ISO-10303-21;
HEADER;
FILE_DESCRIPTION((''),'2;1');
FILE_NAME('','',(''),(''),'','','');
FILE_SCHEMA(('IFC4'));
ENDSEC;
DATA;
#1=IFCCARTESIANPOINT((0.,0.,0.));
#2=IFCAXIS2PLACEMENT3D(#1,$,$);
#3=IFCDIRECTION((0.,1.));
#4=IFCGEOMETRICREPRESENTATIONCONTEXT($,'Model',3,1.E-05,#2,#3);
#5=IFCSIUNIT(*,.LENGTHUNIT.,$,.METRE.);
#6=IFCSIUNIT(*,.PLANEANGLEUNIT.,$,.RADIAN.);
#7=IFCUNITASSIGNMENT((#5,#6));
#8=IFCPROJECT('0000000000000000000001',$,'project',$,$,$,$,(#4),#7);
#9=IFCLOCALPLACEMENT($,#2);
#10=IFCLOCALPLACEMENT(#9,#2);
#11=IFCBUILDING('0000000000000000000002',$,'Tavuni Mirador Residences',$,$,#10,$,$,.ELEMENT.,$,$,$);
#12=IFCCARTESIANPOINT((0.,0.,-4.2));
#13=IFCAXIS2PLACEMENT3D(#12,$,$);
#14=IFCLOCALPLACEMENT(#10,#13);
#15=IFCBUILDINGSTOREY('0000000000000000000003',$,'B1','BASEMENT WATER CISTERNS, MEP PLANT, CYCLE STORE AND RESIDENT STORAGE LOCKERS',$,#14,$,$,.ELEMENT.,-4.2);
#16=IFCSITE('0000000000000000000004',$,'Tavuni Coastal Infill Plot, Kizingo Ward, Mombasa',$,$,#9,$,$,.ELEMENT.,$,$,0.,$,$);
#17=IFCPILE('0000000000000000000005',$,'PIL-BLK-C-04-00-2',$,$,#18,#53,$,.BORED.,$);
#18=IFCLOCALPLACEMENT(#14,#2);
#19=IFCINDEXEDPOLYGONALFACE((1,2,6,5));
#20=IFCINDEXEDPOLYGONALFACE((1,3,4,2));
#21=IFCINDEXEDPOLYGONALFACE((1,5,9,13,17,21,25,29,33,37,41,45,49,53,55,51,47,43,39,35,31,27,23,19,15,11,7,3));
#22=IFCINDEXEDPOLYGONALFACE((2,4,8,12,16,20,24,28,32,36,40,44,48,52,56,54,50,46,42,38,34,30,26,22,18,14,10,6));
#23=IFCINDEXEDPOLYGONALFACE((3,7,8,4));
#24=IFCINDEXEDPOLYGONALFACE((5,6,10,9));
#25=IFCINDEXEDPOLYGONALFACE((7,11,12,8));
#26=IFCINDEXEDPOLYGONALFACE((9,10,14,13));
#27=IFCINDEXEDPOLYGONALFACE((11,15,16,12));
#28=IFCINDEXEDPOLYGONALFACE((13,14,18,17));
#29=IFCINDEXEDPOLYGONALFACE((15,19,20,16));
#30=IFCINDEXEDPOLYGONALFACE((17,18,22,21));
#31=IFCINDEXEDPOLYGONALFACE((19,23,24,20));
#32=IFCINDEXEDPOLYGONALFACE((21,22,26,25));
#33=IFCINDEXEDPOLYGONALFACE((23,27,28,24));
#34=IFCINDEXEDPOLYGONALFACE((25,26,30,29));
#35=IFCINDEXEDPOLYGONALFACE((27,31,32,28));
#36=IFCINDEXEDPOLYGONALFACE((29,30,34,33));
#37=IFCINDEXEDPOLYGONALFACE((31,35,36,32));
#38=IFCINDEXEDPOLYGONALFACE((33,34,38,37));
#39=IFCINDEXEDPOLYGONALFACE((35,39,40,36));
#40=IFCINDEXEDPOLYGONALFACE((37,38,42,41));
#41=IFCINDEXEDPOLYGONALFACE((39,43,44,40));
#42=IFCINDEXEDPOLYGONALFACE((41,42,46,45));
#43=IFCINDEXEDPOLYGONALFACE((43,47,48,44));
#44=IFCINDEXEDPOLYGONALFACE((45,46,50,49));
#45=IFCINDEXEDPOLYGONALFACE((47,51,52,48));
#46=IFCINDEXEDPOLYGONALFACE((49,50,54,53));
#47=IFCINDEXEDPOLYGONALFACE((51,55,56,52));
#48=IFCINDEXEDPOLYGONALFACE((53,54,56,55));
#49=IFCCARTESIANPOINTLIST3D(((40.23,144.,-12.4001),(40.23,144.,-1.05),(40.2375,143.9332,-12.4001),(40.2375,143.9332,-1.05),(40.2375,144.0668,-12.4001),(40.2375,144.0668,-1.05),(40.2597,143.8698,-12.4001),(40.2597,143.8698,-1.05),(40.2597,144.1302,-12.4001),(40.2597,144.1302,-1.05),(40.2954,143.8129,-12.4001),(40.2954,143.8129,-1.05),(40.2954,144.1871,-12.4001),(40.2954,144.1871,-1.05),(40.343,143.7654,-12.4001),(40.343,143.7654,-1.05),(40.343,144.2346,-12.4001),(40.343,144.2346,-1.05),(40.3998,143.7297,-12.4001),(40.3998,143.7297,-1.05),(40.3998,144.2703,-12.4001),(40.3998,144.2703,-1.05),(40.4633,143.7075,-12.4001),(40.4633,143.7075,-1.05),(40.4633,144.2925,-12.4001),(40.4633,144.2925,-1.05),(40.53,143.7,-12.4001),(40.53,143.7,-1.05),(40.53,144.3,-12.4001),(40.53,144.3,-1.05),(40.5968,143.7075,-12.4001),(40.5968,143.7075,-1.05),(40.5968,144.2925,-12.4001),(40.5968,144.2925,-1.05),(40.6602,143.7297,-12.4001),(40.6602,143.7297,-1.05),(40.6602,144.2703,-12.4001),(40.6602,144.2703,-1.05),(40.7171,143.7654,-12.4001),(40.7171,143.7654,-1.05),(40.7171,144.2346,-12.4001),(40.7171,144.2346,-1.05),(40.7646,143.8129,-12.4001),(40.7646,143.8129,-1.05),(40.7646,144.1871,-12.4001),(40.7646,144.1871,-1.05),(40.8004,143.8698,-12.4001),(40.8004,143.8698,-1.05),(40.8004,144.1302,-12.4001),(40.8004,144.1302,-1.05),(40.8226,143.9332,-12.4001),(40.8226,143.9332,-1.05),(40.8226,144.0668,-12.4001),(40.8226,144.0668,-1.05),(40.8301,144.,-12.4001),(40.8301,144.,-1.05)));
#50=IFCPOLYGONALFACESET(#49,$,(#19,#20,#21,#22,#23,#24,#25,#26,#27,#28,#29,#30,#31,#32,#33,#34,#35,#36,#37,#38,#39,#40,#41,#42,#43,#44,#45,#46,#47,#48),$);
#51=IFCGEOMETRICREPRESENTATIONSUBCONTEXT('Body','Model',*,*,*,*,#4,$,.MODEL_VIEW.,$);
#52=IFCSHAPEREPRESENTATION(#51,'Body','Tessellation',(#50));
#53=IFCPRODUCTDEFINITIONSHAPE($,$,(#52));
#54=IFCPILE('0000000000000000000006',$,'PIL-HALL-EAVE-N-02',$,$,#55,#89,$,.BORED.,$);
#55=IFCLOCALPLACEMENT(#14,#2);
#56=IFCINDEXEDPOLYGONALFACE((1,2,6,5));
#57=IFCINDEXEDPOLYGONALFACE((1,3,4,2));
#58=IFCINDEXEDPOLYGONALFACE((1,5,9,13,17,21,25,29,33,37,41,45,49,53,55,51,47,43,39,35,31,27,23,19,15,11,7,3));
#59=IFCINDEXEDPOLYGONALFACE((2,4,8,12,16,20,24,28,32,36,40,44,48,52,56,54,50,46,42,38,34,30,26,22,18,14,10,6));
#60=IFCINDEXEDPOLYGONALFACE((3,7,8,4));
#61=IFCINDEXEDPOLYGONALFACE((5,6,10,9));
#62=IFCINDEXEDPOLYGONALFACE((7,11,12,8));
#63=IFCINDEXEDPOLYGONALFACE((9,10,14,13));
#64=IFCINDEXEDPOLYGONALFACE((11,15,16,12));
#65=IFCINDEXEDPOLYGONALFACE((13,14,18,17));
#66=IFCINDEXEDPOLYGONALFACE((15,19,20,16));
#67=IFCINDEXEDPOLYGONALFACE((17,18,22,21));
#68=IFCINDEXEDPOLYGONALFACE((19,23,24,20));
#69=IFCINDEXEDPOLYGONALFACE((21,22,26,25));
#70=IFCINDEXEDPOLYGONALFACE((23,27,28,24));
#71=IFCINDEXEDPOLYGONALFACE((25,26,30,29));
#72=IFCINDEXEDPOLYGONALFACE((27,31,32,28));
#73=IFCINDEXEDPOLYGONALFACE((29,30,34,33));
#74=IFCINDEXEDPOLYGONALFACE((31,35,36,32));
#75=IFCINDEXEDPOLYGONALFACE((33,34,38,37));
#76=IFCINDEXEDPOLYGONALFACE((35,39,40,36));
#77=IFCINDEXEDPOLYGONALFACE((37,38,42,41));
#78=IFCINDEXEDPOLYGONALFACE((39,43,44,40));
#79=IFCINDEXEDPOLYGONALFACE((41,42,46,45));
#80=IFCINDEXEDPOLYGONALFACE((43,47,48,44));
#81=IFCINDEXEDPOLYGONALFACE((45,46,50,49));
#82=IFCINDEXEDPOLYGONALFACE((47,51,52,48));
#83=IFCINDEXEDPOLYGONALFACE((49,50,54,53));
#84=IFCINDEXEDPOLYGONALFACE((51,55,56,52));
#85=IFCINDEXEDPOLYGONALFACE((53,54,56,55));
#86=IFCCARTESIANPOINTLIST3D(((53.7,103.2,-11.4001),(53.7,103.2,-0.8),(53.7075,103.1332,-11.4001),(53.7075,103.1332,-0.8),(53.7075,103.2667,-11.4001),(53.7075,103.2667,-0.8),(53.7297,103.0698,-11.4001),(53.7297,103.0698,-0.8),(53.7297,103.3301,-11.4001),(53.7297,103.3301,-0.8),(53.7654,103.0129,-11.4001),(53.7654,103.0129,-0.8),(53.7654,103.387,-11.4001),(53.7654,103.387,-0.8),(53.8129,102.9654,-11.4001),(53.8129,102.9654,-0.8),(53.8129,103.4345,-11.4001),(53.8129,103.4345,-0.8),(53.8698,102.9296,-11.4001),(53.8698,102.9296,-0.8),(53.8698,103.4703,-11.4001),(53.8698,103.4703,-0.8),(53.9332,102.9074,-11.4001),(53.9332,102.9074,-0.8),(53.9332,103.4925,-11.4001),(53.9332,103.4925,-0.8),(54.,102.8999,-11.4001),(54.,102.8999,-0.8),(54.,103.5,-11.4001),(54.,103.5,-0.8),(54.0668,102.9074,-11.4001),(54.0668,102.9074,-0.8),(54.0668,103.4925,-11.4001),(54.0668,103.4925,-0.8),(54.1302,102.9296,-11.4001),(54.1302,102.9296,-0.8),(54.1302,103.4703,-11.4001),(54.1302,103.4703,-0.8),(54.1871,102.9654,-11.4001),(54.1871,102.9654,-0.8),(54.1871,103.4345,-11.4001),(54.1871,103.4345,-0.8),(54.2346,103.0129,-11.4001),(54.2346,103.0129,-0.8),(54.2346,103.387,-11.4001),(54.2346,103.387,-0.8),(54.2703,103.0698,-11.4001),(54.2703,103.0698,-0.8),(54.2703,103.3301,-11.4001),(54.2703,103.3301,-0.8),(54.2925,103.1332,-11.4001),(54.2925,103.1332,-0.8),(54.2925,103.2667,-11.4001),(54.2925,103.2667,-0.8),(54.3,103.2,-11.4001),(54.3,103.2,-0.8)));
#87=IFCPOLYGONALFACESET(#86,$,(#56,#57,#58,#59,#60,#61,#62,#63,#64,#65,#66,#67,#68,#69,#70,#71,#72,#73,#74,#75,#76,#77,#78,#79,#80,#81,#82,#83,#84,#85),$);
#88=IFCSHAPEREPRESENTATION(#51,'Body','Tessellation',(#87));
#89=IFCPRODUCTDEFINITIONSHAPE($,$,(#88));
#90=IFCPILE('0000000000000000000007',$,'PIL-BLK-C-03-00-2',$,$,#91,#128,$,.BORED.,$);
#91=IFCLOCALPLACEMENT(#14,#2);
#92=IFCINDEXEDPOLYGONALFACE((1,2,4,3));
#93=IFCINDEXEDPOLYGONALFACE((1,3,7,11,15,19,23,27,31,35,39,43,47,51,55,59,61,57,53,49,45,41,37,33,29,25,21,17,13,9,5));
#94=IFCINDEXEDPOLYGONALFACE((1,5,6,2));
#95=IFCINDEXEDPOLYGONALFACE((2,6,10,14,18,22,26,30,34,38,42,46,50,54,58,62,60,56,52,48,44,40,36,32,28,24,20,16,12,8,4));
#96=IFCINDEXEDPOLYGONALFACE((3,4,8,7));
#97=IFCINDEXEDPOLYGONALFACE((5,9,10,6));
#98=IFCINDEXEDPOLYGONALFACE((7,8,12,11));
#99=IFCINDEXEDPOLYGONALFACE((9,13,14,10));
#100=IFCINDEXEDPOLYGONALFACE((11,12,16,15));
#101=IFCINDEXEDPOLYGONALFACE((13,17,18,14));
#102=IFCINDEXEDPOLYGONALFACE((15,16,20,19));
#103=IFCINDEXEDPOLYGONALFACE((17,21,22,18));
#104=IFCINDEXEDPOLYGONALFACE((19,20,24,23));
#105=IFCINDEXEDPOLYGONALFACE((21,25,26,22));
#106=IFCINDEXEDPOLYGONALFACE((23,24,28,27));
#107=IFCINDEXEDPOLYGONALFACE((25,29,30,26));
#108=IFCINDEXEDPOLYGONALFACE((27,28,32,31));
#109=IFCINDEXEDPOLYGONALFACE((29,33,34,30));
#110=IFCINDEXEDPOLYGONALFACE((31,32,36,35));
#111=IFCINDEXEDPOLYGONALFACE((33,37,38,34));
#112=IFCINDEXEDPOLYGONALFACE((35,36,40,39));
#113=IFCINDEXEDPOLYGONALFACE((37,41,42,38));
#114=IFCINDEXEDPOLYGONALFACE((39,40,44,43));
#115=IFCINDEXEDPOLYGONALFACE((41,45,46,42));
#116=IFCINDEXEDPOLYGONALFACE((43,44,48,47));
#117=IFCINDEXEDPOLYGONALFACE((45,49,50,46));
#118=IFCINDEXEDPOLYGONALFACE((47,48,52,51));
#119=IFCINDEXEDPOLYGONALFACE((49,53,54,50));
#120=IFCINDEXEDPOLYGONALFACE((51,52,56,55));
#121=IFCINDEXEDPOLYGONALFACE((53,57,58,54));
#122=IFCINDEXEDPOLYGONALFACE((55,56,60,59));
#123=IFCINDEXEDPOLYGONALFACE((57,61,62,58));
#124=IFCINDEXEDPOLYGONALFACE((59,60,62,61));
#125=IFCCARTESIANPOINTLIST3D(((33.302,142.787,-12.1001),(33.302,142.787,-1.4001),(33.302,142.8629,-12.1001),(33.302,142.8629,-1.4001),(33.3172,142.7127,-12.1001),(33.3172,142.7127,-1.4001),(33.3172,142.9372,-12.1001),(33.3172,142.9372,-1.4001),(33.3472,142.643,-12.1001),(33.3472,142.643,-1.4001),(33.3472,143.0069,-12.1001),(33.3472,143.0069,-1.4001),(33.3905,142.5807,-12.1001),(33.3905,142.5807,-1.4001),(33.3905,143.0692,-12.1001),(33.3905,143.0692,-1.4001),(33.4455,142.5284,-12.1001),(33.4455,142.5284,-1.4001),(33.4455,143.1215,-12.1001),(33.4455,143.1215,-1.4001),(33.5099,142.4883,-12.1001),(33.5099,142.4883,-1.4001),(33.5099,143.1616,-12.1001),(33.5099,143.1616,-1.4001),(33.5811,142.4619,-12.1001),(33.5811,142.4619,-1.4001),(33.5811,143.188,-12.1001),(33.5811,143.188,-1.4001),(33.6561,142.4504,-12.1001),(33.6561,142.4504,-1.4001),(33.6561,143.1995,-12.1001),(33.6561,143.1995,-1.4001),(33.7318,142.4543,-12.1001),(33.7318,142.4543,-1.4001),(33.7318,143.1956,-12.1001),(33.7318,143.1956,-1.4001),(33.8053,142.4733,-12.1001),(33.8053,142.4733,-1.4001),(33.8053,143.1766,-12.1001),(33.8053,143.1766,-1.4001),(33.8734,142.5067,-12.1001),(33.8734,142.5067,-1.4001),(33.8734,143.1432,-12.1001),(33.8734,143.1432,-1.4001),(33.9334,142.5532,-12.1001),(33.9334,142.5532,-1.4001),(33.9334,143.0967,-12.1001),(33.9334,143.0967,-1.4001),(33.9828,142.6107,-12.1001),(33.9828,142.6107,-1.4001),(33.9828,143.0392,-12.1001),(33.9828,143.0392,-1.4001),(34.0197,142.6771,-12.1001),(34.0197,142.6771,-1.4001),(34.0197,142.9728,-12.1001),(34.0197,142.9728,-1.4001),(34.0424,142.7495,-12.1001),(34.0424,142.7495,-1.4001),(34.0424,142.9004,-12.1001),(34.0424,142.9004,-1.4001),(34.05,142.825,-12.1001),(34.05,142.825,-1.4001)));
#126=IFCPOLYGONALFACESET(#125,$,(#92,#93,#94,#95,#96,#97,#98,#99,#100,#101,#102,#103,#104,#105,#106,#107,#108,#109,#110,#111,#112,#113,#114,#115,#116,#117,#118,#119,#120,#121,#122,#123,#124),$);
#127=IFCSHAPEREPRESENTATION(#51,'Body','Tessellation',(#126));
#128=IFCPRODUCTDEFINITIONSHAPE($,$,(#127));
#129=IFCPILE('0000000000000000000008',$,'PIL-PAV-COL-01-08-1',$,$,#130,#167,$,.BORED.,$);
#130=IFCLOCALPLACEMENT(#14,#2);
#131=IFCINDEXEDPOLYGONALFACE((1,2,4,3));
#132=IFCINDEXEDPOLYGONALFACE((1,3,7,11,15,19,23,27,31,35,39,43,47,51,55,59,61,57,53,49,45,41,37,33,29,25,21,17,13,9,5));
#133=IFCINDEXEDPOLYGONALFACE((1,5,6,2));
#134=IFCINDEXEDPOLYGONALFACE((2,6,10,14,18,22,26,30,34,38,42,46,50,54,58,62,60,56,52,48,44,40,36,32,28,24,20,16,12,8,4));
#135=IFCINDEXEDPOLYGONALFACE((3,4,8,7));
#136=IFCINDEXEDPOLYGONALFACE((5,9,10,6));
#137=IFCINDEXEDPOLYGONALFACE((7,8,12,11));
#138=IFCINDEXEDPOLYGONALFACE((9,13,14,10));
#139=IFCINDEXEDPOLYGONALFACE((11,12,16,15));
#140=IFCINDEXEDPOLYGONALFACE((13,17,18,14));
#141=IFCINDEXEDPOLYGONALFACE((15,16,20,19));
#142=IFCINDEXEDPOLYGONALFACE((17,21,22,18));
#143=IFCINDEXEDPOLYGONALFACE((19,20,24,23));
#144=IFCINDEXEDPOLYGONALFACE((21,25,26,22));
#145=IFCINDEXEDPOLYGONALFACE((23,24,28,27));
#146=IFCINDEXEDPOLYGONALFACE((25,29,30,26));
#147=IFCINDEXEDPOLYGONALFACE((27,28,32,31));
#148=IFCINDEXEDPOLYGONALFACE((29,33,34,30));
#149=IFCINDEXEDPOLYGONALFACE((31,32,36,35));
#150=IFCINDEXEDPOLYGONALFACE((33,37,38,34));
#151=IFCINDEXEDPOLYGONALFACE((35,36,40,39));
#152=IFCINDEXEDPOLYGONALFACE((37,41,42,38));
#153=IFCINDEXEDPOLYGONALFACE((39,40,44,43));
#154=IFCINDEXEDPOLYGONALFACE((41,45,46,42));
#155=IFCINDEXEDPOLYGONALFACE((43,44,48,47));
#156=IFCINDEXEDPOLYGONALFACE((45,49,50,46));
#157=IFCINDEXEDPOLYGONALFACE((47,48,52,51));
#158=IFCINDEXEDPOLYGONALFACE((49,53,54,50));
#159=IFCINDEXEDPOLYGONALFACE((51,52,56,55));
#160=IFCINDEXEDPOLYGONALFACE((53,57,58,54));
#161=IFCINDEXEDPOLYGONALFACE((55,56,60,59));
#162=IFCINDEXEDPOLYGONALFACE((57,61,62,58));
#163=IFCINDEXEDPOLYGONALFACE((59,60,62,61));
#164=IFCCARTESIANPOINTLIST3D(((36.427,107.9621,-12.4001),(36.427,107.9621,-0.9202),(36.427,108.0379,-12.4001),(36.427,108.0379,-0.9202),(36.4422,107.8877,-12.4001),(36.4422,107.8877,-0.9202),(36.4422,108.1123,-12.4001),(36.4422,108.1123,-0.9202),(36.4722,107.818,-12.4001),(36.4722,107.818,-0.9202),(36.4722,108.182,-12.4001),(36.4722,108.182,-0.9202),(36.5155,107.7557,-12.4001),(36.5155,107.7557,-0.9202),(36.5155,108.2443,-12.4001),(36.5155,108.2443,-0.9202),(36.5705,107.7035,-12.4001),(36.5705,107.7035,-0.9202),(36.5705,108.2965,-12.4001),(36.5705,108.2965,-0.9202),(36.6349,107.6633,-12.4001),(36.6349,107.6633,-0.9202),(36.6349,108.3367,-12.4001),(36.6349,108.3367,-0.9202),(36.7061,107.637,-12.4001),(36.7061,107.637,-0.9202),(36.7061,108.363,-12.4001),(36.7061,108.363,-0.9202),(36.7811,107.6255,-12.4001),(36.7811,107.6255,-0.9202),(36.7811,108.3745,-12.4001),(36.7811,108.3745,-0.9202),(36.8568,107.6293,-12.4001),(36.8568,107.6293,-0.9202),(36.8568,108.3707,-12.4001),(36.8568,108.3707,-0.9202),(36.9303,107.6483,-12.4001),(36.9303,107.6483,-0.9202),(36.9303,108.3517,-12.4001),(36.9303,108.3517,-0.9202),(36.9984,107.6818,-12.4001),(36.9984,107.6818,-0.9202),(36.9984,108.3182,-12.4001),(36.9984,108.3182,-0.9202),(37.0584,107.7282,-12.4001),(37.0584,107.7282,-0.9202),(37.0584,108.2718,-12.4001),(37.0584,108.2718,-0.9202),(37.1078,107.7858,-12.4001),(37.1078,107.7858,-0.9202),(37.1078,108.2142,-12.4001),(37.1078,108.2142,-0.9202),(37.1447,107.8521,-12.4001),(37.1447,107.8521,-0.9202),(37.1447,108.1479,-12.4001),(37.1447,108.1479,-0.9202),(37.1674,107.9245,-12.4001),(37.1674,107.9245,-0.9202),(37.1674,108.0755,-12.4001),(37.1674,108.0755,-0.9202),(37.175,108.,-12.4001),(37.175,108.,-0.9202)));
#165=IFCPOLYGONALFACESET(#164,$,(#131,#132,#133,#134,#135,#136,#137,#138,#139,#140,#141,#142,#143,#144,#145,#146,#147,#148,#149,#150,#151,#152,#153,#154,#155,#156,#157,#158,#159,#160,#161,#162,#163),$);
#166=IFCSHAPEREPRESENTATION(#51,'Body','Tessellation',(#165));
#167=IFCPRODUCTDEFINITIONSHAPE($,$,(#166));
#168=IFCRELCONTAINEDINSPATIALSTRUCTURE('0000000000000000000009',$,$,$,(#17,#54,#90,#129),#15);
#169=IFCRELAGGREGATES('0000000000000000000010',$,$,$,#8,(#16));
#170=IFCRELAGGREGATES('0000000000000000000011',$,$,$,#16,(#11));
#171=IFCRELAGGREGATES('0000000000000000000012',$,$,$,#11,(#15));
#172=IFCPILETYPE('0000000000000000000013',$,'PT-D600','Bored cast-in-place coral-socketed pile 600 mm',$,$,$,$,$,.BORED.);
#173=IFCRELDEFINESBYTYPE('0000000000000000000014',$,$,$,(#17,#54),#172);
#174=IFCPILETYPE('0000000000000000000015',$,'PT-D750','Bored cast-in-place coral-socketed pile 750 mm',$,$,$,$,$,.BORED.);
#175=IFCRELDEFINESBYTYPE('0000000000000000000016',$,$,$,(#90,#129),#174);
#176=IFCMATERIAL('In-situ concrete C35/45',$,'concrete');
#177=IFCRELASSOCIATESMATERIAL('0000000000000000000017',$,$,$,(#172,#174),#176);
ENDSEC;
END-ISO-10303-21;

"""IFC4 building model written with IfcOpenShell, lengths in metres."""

from ifc_helpers import new_model, si_unit, direction, frame, origin, origin_2d, place, context, subcontext, project, spatial, circle, extrude, material, material_profile, profile_set, type_object, element, save


model = new_model("IFC4")

# Units and contexts
model_context = context("Model", 3, precision=1e-05, world=origin(), true_north=direction((0.0, 1.0)))
body_context = subcontext(model_context, "Body", "Model", "MODEL_VIEW")
ifc_project = project(units=[si_unit("LENGTHUNIT", "METRE"), si_unit("PLANEANGLEUNIT", "RADIAN")], contexts=[model_context])

# Site, building, storey
site_placement = place(None, origin())
site = spatial("IfcSite", under=ifc_project, at=site_placement, Name="Tavuni Coastal Infill Plot, Kizingo Ward, Mombasa", CompositionType="ELEMENT", RefElevation=0.0)
building_placement = place(site_placement, origin())
building = spatial("IfcBuilding", under=site, at=building_placement, Name="Tavuni Mirador Residences", CompositionType="ELEMENT")
storey_placement = place(building_placement, frame((0.0, 0.0, -4.2)))
storey = spatial("IfcBuildingStorey", under=building, at=storey_placement, Name="B1", Description="BASEMENT WATER CISTERNS, MEP PLANT, CYCLE STORE AND RESIDENT STORAGE LOCKERS", CompositionType="ELEMENT", Elevation=-4.2)

# Shared definitions
ifc_material_1 = material(Name="In-situ concrete C35/45", Category="concrete")

# Piles
ifc_material_profile_1 = material_profile(ifc_material_1, circle(Radius=0.3, at=origin_2d()), Name="PILE D600", Category="concrete")
ifc_profile_set_1 = profile_set([ifc_material_profile_1], Name="In-situ concrete C35/45")
pile_type_1 = type_object("IfcPileType", Name="PT-D600", Description="Bored cast-in-place coral-socketed pile 600 mm", PredefinedType="BORED", material=ifc_profile_set_1)
for number, where, z_axis, x_axis, name in (
    (1, (40.53, 144.0, -1.05), (0.0, 0.0, -1.0), (1.0, 0.0, 0.0), "PIL-BLK-C-04-00-2"),
):
    element("IfcPile", number, at=place(storey_placement, frame(where, z_axis=z_axis, x_axis=x_axis)), inside=storey, type_object=pile_type_1, Name=name, PredefinedType="BORED", context=body_context, shape_type="SweptSolid", body=[
        extrude(circle(Radius=0.3, at=origin_2d()), origin(), (0.0, 0.0, 1.0), 11.3501),
    ])
pile_1_placement = place(storey_placement, frame((54.0, 103.2, -0.8), z_axis=(0.0, 0.0, -1.0), x_axis=(1.0, 0.0, 0.0)))
element("IfcPile", 2, at=pile_1_placement, inside=storey, type_object=pile_type_1, Name="PIL-HALL-EAVE-N-02", PredefinedType="BORED", context=body_context, shape_type="SweptSolid", body=[
    extrude(circle(Radius=0.3, at=origin_2d()), origin(), (0.0, 0.0, 1.0), 10.6001),
])
ifc_material_profile_2 = material_profile(ifc_material_1, circle(Radius=0.375, at=origin_2d()), Name="PILE D750", Category="concrete")
ifc_profile_set_2 = profile_set([ifc_material_profile_2], Name="In-situ concrete C35/45")
pile_type_2 = type_object("IfcPileType", Name="PT-D750", Description="Bored cast-in-place coral-socketed pile 750 mm", PredefinedType="BORED", material=ifc_profile_set_2)
pile_2_placement = place(storey_placement, frame((33.675, 142.825, -1.4001), z_axis=(0.0, 0.0, -1.0), x_axis=(1.0, 0.0, 0.0)))
element("IfcPile", 3, at=pile_2_placement, inside=storey, type_object=pile_type_2, Name="PIL-BLK-C-03-00-2", PredefinedType="BORED", context=body_context, shape_type="SweptSolid", body=[
    extrude(circle(Radius=0.375, at=origin_2d()), origin(), (0.0, 0.0, 1.0), 10.7),
])
pile_3_placement = place(storey_placement, frame((36.8, 108.0, -0.9202), z_axis=(0.0, 0.0, -1.0), x_axis=(1.0, 0.0, 0.0)))
element("IfcPile", 4, at=pile_3_placement, inside=storey, type_object=pile_type_2, Name="PIL-PAV-COL-01-08-1", PredefinedType="BORED", context=body_context, shape_type="SweptSolid", body=[
    extrude(circle(Radius=0.375, at=origin_2d()), origin(), (0.0, 0.0, 1.0), 11.48),
])

save(model, "model.ifc")
